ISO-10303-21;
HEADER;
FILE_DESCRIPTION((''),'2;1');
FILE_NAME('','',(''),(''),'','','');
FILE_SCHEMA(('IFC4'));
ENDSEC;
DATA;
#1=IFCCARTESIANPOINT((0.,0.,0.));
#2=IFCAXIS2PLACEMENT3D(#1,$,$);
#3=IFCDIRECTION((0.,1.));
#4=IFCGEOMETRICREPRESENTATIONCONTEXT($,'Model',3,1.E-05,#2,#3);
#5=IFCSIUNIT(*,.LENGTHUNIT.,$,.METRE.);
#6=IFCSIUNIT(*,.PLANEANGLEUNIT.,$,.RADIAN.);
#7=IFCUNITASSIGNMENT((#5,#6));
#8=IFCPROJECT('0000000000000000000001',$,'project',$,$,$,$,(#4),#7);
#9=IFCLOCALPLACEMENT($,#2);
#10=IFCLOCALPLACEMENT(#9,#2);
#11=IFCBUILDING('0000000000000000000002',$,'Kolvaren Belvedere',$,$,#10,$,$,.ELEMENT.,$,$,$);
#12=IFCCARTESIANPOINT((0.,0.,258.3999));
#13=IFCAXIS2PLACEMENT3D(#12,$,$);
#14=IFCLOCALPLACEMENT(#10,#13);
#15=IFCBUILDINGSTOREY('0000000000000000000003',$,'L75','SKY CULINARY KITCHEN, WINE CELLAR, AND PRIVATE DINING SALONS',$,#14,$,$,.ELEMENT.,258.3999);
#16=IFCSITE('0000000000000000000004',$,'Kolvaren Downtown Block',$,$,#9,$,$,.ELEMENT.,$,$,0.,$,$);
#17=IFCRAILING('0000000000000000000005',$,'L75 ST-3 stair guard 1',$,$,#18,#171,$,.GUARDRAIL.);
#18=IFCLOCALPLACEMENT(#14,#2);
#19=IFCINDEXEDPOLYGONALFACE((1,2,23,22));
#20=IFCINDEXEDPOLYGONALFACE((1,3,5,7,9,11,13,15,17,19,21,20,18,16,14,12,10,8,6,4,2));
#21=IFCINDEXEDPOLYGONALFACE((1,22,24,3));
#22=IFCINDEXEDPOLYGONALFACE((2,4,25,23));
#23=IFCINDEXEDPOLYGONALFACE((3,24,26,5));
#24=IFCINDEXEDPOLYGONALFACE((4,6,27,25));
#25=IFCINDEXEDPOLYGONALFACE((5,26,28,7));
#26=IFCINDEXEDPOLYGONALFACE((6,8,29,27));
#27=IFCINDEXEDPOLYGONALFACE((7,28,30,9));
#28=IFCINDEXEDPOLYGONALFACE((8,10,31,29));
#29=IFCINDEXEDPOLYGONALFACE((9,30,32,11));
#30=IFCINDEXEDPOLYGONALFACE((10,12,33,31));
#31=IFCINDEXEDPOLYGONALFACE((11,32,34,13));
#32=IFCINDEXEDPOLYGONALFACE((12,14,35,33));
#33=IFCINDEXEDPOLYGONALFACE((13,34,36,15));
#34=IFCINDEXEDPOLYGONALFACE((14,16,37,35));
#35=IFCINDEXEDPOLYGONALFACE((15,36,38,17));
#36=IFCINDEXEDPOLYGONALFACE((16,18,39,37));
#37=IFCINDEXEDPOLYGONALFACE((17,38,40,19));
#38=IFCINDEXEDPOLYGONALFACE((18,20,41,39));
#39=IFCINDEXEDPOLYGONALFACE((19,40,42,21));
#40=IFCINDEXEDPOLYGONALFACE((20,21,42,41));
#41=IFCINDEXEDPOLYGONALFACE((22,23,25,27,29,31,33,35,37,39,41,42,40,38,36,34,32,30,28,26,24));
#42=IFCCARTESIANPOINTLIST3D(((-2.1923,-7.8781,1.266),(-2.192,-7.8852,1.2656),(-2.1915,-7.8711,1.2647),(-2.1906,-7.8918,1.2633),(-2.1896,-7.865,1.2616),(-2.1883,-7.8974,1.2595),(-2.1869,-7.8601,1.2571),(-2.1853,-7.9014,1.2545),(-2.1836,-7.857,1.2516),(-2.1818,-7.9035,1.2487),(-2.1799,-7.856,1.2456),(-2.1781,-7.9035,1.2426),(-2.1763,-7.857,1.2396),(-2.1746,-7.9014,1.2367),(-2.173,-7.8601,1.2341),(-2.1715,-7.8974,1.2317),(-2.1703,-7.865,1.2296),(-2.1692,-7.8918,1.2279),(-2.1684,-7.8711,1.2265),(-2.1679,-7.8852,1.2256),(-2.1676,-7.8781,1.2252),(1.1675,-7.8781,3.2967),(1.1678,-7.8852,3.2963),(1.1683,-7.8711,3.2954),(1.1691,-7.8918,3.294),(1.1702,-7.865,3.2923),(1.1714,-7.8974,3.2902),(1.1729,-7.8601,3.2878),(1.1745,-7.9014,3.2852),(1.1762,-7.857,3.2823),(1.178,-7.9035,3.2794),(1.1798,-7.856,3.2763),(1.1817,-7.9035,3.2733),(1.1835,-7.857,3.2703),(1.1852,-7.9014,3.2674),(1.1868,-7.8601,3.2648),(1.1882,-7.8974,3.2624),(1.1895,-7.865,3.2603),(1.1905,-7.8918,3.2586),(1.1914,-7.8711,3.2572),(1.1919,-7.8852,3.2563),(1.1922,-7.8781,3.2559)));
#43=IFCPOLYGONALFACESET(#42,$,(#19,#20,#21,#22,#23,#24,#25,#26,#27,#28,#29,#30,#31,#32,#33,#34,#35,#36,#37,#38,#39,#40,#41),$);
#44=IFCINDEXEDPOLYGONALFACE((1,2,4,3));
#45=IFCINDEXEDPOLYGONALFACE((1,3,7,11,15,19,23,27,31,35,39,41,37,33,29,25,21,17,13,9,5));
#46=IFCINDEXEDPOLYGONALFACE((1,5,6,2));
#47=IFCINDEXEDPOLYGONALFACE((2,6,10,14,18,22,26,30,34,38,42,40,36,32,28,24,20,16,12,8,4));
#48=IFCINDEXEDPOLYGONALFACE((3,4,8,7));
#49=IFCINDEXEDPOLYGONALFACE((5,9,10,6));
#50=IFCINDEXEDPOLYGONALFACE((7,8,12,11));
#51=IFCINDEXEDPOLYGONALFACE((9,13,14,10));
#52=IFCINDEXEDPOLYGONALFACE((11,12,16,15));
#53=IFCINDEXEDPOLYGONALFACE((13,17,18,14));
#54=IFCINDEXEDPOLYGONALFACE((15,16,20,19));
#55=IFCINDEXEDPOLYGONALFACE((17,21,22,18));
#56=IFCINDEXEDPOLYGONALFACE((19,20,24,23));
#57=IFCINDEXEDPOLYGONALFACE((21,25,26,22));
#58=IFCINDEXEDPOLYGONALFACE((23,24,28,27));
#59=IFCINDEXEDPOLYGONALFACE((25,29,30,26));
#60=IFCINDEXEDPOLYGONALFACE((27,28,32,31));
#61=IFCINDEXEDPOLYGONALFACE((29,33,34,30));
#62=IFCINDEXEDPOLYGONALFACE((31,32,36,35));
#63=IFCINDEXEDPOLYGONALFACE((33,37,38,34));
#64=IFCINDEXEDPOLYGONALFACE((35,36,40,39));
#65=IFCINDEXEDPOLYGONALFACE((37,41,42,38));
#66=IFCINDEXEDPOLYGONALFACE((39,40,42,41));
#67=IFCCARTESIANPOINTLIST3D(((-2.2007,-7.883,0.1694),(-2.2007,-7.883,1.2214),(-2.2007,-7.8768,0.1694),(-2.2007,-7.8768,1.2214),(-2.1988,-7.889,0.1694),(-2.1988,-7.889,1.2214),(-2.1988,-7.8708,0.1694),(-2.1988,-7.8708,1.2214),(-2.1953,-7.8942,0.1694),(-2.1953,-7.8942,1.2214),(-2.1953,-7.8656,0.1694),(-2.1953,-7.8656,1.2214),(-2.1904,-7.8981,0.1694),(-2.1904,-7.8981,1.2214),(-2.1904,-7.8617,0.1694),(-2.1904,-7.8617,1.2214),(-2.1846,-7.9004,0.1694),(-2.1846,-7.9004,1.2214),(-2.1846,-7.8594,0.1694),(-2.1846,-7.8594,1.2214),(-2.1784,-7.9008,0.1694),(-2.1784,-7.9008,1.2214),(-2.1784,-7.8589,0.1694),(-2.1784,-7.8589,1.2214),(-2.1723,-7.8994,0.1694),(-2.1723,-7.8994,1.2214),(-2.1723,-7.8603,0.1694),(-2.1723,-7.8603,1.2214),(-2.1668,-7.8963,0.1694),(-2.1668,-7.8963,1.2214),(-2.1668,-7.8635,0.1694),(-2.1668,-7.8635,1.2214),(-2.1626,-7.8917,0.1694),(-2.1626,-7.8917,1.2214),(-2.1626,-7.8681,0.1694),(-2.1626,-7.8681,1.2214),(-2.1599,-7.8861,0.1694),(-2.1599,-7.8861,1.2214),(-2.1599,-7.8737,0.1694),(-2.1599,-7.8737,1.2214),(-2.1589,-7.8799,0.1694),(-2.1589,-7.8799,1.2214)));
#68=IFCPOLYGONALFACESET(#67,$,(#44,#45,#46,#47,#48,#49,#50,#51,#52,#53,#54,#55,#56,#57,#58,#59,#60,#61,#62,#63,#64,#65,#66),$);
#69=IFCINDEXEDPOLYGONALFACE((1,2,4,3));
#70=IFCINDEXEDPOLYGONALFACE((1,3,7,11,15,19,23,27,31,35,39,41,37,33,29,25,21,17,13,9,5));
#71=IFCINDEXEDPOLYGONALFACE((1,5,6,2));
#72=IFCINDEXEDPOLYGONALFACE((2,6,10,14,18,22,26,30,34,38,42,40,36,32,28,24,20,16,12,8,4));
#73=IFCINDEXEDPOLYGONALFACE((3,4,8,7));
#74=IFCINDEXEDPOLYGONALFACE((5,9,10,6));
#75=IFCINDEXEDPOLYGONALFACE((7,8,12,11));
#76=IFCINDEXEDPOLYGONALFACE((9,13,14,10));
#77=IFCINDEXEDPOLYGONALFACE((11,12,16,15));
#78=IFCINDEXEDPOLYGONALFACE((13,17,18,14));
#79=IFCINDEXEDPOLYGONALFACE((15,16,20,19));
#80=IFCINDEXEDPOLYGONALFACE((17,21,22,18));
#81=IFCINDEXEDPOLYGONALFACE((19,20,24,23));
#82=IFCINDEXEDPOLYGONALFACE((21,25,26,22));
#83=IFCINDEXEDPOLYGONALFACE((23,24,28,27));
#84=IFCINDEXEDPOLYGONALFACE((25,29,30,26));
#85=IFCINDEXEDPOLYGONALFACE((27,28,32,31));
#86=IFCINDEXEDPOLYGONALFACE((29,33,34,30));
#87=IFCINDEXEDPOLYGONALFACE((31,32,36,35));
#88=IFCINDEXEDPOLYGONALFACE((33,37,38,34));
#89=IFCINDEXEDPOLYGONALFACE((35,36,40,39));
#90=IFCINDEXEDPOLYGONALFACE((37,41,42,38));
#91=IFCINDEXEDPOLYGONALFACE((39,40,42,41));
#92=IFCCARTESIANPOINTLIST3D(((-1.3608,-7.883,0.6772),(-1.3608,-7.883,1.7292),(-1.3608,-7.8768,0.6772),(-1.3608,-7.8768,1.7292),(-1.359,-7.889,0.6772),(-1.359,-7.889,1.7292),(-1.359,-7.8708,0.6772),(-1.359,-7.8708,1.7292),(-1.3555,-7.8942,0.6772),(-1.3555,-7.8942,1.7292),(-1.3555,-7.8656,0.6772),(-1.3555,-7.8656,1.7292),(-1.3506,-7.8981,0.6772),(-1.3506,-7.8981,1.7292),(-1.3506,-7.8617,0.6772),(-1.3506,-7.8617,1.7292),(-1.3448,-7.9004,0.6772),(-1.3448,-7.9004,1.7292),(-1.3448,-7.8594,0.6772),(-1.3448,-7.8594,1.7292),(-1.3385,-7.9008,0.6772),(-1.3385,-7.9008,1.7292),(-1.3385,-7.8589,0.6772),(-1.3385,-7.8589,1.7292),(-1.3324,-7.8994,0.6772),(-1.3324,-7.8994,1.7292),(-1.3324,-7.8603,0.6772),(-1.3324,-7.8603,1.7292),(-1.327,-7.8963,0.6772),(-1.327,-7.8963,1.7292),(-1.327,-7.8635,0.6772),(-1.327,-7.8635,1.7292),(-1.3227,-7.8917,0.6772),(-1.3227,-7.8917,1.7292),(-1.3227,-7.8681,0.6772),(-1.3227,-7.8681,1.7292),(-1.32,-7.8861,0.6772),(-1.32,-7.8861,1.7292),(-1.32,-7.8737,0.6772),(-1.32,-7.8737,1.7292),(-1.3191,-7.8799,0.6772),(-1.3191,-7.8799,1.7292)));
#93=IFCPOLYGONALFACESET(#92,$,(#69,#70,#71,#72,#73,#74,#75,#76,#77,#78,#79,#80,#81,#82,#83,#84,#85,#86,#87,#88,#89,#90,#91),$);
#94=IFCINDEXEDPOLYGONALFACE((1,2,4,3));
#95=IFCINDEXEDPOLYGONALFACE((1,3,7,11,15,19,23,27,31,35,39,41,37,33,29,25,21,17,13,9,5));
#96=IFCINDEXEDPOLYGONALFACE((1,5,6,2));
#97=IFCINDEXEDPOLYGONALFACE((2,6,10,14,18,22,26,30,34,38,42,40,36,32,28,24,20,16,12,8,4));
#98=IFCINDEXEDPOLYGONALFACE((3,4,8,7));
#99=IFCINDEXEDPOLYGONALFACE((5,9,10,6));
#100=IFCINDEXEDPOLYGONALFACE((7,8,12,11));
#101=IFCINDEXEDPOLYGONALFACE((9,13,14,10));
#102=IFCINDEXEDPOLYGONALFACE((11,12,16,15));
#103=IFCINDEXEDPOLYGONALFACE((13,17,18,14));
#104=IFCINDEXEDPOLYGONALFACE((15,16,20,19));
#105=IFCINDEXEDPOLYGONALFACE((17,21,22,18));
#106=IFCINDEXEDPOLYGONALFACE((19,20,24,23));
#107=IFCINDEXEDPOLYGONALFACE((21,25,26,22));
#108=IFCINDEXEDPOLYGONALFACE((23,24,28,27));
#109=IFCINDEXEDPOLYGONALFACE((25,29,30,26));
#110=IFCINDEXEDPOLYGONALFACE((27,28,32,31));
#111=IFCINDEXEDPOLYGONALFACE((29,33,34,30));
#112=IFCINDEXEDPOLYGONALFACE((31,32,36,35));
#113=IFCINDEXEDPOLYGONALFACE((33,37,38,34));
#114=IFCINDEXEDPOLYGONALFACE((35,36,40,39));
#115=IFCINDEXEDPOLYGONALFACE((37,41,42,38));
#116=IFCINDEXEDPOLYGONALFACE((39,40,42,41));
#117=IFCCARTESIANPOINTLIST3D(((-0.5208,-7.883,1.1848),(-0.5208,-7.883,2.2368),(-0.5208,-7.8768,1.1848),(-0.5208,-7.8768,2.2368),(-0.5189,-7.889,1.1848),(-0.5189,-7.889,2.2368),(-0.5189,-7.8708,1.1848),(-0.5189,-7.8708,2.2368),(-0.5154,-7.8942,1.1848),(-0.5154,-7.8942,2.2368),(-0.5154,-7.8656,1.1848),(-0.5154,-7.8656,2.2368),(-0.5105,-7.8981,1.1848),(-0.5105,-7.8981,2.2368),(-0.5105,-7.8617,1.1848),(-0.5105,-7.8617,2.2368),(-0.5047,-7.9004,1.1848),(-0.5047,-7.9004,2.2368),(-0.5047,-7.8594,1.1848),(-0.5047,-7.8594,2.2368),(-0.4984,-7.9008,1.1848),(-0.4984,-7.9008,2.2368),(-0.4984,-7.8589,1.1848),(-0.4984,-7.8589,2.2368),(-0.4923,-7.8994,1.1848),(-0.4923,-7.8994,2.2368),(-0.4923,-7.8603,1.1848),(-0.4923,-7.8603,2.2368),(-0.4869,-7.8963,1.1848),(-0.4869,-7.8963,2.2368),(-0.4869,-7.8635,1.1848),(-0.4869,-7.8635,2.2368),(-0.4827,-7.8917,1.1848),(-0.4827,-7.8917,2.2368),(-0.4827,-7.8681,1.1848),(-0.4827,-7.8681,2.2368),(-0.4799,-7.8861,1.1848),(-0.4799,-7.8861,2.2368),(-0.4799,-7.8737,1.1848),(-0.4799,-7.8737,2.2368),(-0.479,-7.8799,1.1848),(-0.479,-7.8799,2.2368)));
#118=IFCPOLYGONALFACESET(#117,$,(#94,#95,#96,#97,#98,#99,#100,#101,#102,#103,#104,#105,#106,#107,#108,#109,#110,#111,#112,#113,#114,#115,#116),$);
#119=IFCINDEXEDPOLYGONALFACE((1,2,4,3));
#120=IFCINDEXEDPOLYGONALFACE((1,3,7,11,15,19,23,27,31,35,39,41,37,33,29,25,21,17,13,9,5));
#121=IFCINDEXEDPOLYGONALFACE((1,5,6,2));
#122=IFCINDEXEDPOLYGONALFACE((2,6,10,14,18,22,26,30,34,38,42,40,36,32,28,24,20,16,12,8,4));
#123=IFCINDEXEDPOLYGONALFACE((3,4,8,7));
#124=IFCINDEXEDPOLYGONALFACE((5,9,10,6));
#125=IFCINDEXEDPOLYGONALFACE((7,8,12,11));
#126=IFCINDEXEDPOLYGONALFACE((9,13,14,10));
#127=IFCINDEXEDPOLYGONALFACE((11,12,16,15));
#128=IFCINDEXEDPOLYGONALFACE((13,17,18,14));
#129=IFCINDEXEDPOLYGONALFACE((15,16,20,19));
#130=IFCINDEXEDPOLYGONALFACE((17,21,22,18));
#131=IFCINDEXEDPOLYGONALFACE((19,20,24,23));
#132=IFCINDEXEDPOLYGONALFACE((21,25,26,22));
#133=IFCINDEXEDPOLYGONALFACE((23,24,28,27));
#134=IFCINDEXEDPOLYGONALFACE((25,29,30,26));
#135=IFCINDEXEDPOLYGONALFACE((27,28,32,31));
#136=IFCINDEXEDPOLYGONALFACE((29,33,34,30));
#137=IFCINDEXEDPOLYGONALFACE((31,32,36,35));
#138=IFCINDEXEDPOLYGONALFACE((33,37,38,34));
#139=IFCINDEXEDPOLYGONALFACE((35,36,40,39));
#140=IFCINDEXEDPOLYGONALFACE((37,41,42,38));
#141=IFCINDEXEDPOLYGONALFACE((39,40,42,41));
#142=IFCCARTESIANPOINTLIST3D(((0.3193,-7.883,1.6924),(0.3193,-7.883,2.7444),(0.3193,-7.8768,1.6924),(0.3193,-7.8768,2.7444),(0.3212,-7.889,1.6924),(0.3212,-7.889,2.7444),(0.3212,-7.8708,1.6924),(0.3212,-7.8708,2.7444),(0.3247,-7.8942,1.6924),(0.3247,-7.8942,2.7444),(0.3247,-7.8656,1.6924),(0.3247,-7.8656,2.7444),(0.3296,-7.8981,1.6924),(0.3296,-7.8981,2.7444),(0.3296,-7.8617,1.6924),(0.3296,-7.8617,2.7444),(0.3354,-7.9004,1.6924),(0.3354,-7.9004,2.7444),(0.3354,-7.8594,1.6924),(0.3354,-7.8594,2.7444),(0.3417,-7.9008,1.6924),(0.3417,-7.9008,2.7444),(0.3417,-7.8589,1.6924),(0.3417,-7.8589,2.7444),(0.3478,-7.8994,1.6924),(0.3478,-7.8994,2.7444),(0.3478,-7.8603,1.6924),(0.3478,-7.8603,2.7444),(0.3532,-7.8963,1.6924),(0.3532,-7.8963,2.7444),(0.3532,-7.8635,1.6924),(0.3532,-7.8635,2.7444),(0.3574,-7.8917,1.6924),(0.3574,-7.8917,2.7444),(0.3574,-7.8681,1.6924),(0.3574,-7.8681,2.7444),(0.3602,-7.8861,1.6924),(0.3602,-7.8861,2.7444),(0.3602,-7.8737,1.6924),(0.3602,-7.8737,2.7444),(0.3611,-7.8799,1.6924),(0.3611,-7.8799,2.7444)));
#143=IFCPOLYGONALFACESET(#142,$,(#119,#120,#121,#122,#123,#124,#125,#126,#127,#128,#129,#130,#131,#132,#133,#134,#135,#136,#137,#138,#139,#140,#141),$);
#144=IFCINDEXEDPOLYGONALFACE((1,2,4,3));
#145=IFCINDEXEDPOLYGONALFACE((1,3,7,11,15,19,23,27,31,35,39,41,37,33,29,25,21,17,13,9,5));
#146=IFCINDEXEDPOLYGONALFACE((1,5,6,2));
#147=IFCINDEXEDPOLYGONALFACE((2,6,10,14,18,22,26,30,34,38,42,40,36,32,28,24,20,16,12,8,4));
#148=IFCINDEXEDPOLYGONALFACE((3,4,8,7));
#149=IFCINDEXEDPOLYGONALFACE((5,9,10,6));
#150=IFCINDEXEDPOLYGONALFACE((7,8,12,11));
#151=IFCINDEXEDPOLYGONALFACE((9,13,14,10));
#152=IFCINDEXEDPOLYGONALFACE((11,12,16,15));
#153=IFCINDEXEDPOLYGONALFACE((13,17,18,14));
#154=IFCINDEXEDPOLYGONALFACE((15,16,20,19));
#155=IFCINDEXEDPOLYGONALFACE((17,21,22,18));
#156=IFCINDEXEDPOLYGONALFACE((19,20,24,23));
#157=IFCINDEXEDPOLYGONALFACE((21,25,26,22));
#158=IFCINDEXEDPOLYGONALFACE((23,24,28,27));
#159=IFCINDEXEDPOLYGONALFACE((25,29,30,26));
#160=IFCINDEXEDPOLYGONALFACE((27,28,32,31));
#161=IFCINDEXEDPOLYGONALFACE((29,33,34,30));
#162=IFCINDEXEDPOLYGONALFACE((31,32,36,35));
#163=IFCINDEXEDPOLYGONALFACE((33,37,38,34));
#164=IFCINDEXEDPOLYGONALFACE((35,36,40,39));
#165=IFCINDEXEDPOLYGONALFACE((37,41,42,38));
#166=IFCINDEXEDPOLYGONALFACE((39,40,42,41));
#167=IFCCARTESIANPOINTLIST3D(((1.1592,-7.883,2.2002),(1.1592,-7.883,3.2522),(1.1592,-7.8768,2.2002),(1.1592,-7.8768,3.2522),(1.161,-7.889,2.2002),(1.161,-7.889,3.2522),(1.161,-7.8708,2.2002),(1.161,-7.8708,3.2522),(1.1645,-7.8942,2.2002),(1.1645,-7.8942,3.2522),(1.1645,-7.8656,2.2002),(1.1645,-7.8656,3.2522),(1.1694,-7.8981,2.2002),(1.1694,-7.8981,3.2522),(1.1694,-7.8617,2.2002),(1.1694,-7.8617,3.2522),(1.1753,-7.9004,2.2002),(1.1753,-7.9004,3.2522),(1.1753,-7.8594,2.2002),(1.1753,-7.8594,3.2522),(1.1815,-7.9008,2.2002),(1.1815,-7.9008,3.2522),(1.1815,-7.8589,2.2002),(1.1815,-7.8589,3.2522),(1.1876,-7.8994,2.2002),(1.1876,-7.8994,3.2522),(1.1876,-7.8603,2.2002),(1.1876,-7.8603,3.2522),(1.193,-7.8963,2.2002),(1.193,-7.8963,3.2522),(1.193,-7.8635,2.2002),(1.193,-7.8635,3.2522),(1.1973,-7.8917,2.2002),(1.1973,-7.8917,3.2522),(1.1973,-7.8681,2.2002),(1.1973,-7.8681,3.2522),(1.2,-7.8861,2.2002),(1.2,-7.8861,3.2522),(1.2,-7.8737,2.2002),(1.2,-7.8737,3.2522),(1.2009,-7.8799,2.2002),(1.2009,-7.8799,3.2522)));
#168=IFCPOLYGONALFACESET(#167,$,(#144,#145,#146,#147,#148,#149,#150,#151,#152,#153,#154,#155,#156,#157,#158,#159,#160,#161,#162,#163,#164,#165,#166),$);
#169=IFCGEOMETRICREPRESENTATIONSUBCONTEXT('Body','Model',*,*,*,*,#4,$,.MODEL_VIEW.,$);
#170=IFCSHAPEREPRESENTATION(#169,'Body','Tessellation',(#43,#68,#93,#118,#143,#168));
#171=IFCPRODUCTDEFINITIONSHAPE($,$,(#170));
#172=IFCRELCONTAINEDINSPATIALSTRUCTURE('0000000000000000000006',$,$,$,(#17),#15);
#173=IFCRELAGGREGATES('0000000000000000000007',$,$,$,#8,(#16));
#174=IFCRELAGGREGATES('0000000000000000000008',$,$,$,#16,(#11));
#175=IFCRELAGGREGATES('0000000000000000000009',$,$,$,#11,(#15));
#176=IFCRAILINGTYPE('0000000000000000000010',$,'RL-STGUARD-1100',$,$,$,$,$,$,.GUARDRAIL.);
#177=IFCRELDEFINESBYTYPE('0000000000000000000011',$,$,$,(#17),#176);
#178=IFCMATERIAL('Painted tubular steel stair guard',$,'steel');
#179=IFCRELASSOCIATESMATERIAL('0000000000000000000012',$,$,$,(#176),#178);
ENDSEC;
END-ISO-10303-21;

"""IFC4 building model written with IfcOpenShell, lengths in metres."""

from ifc_helpers import new_model, si_unit, direction, frame, origin, origin_2d, place, context, subcontext, project, spatial, circle, extrude, material, type_object, element, save


model = new_model("IFC4")

# Units and contexts
model_context = context("Model", 3, precision=1e-05, world=origin(), true_north=direction((0.0, 1.0)))
body_context = subcontext(model_context, "Body", "Model", "MODEL_VIEW")
ifc_project = project(units=[si_unit("LENGTHUNIT", "METRE"), si_unit("PLANEANGLEUNIT", "RADIAN")], contexts=[model_context])

# Site, building, storey
site_placement = place(None, origin())
site = spatial("IfcSite", under=ifc_project, at=site_placement, Name="Kolvaren Downtown Block", CompositionType="ELEMENT", RefElevation=0.0)
building_placement = place(site_placement, origin())
building = spatial("IfcBuilding", under=site, at=building_placement, Name="Kolvaren Belvedere", CompositionType="ELEMENT")
storey_placement = place(building_placement, frame((0.0, 0.0, 258.3999)))
storey = spatial("IfcBuildingStorey", under=building, at=storey_placement, Name="L75", Description="SKY CULINARY KITCHEN, WINE CELLAR, AND PRIVATE DINING SALONS", CompositionType="ELEMENT", Elevation=258.3999)

# Railing
ifc_material_1 = material(Name="Painted tubular steel stair guard", Category="steel")
railing_type_1 = type_object("IfcRailingType", Name="RL-STGUARD-1100", PredefinedType="GUARDRAIL", material=ifc_material_1)
railing_1_placement = place(storey_placement, frame((-2.1799, -7.8799, 0.1694)))
element("IfcRailing", 1, at=railing_1_placement, inside=storey, type_object=railing_type_1, Name="L75 ST-3 stair guard 1", PredefinedType="GUARDRAIL", context=body_context, shape_type="SweptSolid", body=[
    extrude(circle(Radius=0.0239, at=origin_2d()), frame((0.0, 0.0, 1.0762), z_axis=(0.85582, 0.0, 0.517273), x_axis=(0.0, 1.0, 0.0)), (0.0, 0.0, 1.0), 3.9258),
    extrude(circle(Radius=0.021, at=origin_2d()), origin(), (0.0, 0.0, 1.0), 1.052),
    extrude(circle(Radius=0.021, at=origin_2d()), frame((0.8398, 0.0, 0.5078)), (0.0, 0.0, 1.0), 1.052),
    extrude(circle(Radius=0.021, at=origin_2d()), frame((1.6799, 0.0, 1.0154)), (0.0, 0.0, 1.0), 1.052),
    extrude(circle(Radius=0.021, at=origin_2d()), frame((2.52, 0.0, 1.5229)), (0.0, 0.0, 1.0), 1.052),
    extrude(circle(Radius=0.021, at=origin_2d()), frame((3.3599, 0.0, 2.0308)), (0.0, 0.0, 1.0), 1.052),
])

save(model, "model.ifc")
